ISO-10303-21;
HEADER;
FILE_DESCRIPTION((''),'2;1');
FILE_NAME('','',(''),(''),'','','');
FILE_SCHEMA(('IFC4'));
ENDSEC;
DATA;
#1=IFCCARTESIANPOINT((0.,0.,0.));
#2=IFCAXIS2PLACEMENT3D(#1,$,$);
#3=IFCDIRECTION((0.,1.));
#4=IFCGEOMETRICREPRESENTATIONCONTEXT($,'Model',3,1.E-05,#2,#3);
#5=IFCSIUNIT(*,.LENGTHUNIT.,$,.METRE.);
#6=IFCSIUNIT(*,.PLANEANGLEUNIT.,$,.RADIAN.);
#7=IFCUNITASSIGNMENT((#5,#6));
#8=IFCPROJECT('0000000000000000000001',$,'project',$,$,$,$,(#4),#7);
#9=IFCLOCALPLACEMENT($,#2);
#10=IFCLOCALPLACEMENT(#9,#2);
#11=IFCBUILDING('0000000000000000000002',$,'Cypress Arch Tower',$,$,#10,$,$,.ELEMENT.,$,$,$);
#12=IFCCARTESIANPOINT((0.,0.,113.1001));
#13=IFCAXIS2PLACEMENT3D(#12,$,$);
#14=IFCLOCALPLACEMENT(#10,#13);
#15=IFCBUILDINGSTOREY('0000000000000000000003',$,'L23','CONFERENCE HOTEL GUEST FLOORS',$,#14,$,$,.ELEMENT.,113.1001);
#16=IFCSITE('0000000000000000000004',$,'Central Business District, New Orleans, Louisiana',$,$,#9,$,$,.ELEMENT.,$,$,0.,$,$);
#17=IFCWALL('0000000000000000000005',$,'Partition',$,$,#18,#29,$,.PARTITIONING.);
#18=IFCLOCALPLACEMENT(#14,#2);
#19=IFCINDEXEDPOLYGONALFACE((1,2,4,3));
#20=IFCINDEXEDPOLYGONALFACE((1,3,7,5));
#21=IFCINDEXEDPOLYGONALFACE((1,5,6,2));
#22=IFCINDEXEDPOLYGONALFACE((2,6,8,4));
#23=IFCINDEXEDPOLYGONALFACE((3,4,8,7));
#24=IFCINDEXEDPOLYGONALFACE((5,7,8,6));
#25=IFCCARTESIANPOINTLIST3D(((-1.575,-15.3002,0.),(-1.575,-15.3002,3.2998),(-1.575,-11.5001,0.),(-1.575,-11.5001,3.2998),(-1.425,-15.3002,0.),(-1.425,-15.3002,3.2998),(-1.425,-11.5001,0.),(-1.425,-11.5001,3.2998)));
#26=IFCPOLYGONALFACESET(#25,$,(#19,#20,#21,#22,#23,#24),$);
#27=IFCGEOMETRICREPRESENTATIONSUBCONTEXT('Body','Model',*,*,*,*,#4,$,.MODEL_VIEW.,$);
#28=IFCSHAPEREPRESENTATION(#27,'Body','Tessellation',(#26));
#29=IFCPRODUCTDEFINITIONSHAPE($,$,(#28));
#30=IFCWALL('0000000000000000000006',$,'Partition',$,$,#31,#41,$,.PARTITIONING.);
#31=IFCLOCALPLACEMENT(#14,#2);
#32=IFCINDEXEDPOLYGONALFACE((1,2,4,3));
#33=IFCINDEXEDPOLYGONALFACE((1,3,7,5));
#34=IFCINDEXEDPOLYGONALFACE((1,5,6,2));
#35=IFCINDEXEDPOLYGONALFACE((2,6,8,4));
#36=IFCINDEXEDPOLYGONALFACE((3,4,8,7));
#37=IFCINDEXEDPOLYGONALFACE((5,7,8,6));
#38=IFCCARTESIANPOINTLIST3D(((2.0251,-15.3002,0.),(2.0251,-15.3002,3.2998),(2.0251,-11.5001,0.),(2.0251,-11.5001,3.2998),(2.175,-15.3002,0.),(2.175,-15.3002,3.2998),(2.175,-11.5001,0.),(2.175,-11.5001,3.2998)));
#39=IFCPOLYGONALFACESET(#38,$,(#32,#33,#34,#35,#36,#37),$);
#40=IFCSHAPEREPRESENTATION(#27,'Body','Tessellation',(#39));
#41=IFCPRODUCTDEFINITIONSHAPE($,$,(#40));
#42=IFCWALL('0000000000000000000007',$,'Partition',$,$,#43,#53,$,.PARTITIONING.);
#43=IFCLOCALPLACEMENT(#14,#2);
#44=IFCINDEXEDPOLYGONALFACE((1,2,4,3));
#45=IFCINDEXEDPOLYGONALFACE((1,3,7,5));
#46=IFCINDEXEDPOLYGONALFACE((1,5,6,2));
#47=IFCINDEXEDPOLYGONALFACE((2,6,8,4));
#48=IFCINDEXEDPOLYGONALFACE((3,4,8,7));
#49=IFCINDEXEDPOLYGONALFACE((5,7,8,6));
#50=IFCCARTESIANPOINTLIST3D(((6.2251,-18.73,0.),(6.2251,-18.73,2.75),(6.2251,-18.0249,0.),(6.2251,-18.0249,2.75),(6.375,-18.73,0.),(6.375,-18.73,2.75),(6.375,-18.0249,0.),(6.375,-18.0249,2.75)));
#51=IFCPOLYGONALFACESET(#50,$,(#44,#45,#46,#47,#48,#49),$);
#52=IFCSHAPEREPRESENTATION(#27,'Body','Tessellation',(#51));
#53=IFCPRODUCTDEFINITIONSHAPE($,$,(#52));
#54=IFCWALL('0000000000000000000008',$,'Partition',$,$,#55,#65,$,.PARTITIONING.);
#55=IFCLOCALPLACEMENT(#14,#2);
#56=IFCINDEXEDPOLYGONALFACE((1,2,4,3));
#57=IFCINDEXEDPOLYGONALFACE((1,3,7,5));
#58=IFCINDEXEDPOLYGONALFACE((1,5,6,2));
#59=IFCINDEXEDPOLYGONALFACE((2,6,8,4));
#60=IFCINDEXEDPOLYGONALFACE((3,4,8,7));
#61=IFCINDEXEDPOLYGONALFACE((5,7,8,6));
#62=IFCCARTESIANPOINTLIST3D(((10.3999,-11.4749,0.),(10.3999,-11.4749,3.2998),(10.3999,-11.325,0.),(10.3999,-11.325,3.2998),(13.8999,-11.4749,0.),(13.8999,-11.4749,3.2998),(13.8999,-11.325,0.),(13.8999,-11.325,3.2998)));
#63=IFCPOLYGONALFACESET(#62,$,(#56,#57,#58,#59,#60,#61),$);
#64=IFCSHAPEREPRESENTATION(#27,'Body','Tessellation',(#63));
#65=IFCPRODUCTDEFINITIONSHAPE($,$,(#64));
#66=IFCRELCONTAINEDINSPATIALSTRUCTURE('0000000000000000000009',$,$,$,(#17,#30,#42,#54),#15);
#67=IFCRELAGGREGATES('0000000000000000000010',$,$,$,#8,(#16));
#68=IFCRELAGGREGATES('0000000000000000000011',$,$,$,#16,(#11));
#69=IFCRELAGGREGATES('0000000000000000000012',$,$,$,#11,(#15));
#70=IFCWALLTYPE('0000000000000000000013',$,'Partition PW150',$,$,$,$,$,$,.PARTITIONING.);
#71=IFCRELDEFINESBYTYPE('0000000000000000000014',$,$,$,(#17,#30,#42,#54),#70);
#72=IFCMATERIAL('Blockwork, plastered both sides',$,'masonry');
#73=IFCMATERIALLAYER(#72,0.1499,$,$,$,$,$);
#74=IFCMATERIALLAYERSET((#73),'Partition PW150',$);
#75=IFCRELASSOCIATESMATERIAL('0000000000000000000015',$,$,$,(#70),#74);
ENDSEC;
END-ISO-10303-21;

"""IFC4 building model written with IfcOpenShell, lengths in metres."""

from ifc_helpers import new_model, si_unit, direction, frame, frame_2d, origin, place, context, subcontext, project, spatial, rectangle, extrude, material, layer, layer_set, type_object, element, save


model = new_model("IFC4")

# Units and contexts
model_context = context("Model", 3, precision=1e-05, world=origin(), true_north=direction((0.0, 1.0)))
body_context = subcontext(model_context, "Body", "Model", "MODEL_VIEW")
ifc_project = project(units=[si_unit("LENGTHUNIT", "METRE"), si_unit("PLANEANGLEUNIT", "RADIAN")], contexts=[model_context])

# Site, building, storey
site_placement = place(None, origin())
site = spatial("IfcSite", under=ifc_project, at=site_placement, Name="Central Business District, New Orleans, Louisiana", CompositionType="ELEMENT", RefElevation=0.0)
building_placement = place(site_placement, origin())
building = spatial("IfcBuilding", under=site, at=building_placement, Name="Cypress Arch Tower", CompositionType="ELEMENT")
storey_placement = place(building_placement, frame((0.0, 0.0, 113.1001)))
storey = spatial("IfcBuildingStorey", under=building, at=storey_placement, Name="L23", Description="CONFERENCE HOTEL GUEST FLOORS", CompositionType="ELEMENT", Elevation=113.1001)

# Walls
ifc_material_1 = material(Name="Blockwork, plastered both sides", Category="masonry")
ifc_layer_1 = layer(ifc_material_1, 0.1499)
ifc_layer_set_1 = layer_set([ifc_layer_1], Name="Partition PW150")
wall_type_1 = type_object("IfcWallType", Name="Partition PW150", PredefinedType="PARTITIONING", material=ifc_layer_set_1)
for number, where, z_axis, x_axis, name in (
    (1, (-1.5, -15.3, 0.0), (0.0, 0.0, 1.0), (0.0, 1.0, 0.0), "Partition"),
    (2, (2.1001, -15.3, 0.0), (0.0, 0.0, 1.0), (0.0, 1.0, 0.0), "Partition"),
):
    element("IfcWall", number, at=place(storey_placement, frame(where, z_axis=z_axis, x_axis=x_axis)), inside=storey, type_object=wall_type_1, Name=name, PredefinedType="PARTITIONING", context=body_context, shape_type="SweptSolid", body=[
        extrude(rectangle(XDim=3.8, YDim=0.1499, at=frame_2d((1.8999, 0.0))), origin(), (0.0, 0.0, 1.0), 3.2998),
    ])
wall_1_placement = place(storey_placement, frame((6.3, -18.73, 0.0), z_axis=(0.0, 0.0, 1.0), x_axis=(0.0, 1.0, 0.0)))
element("IfcWall", 3, at=wall_1_placement, inside=storey, type_object=wall_type_1, Name="Partition", PredefinedType="PARTITIONING", context=body_context, shape_type="SweptSolid", body=[
    extrude(rectangle(XDim=0.7051, YDim=0.1499, at=frame_2d((0.3525, 0.0))), origin(), (0.0, 0.0, 1.0), 2.75),
])
wall_2_placement = place(storey_placement, frame((10.3999, -11.3999, 0.0), z_axis=(0.0, 0.0, 1.0), x_axis=(1.0, 0.0, 0.0)))
element("IfcWall", 4, at=wall_2_placement, inside=storey, type_object=wall_type_1, Name="Partition", PredefinedType="PARTITIONING", context=body_context, shape_type="SweptSolid", body=[
    extrude(rectangle(XDim=3.5, YDim=0.1499, at=frame_2d((1.75, 0.0))), origin(), (0.0, 0.0, 1.0), 3.2998),
])

save(model, "model.ifc")
